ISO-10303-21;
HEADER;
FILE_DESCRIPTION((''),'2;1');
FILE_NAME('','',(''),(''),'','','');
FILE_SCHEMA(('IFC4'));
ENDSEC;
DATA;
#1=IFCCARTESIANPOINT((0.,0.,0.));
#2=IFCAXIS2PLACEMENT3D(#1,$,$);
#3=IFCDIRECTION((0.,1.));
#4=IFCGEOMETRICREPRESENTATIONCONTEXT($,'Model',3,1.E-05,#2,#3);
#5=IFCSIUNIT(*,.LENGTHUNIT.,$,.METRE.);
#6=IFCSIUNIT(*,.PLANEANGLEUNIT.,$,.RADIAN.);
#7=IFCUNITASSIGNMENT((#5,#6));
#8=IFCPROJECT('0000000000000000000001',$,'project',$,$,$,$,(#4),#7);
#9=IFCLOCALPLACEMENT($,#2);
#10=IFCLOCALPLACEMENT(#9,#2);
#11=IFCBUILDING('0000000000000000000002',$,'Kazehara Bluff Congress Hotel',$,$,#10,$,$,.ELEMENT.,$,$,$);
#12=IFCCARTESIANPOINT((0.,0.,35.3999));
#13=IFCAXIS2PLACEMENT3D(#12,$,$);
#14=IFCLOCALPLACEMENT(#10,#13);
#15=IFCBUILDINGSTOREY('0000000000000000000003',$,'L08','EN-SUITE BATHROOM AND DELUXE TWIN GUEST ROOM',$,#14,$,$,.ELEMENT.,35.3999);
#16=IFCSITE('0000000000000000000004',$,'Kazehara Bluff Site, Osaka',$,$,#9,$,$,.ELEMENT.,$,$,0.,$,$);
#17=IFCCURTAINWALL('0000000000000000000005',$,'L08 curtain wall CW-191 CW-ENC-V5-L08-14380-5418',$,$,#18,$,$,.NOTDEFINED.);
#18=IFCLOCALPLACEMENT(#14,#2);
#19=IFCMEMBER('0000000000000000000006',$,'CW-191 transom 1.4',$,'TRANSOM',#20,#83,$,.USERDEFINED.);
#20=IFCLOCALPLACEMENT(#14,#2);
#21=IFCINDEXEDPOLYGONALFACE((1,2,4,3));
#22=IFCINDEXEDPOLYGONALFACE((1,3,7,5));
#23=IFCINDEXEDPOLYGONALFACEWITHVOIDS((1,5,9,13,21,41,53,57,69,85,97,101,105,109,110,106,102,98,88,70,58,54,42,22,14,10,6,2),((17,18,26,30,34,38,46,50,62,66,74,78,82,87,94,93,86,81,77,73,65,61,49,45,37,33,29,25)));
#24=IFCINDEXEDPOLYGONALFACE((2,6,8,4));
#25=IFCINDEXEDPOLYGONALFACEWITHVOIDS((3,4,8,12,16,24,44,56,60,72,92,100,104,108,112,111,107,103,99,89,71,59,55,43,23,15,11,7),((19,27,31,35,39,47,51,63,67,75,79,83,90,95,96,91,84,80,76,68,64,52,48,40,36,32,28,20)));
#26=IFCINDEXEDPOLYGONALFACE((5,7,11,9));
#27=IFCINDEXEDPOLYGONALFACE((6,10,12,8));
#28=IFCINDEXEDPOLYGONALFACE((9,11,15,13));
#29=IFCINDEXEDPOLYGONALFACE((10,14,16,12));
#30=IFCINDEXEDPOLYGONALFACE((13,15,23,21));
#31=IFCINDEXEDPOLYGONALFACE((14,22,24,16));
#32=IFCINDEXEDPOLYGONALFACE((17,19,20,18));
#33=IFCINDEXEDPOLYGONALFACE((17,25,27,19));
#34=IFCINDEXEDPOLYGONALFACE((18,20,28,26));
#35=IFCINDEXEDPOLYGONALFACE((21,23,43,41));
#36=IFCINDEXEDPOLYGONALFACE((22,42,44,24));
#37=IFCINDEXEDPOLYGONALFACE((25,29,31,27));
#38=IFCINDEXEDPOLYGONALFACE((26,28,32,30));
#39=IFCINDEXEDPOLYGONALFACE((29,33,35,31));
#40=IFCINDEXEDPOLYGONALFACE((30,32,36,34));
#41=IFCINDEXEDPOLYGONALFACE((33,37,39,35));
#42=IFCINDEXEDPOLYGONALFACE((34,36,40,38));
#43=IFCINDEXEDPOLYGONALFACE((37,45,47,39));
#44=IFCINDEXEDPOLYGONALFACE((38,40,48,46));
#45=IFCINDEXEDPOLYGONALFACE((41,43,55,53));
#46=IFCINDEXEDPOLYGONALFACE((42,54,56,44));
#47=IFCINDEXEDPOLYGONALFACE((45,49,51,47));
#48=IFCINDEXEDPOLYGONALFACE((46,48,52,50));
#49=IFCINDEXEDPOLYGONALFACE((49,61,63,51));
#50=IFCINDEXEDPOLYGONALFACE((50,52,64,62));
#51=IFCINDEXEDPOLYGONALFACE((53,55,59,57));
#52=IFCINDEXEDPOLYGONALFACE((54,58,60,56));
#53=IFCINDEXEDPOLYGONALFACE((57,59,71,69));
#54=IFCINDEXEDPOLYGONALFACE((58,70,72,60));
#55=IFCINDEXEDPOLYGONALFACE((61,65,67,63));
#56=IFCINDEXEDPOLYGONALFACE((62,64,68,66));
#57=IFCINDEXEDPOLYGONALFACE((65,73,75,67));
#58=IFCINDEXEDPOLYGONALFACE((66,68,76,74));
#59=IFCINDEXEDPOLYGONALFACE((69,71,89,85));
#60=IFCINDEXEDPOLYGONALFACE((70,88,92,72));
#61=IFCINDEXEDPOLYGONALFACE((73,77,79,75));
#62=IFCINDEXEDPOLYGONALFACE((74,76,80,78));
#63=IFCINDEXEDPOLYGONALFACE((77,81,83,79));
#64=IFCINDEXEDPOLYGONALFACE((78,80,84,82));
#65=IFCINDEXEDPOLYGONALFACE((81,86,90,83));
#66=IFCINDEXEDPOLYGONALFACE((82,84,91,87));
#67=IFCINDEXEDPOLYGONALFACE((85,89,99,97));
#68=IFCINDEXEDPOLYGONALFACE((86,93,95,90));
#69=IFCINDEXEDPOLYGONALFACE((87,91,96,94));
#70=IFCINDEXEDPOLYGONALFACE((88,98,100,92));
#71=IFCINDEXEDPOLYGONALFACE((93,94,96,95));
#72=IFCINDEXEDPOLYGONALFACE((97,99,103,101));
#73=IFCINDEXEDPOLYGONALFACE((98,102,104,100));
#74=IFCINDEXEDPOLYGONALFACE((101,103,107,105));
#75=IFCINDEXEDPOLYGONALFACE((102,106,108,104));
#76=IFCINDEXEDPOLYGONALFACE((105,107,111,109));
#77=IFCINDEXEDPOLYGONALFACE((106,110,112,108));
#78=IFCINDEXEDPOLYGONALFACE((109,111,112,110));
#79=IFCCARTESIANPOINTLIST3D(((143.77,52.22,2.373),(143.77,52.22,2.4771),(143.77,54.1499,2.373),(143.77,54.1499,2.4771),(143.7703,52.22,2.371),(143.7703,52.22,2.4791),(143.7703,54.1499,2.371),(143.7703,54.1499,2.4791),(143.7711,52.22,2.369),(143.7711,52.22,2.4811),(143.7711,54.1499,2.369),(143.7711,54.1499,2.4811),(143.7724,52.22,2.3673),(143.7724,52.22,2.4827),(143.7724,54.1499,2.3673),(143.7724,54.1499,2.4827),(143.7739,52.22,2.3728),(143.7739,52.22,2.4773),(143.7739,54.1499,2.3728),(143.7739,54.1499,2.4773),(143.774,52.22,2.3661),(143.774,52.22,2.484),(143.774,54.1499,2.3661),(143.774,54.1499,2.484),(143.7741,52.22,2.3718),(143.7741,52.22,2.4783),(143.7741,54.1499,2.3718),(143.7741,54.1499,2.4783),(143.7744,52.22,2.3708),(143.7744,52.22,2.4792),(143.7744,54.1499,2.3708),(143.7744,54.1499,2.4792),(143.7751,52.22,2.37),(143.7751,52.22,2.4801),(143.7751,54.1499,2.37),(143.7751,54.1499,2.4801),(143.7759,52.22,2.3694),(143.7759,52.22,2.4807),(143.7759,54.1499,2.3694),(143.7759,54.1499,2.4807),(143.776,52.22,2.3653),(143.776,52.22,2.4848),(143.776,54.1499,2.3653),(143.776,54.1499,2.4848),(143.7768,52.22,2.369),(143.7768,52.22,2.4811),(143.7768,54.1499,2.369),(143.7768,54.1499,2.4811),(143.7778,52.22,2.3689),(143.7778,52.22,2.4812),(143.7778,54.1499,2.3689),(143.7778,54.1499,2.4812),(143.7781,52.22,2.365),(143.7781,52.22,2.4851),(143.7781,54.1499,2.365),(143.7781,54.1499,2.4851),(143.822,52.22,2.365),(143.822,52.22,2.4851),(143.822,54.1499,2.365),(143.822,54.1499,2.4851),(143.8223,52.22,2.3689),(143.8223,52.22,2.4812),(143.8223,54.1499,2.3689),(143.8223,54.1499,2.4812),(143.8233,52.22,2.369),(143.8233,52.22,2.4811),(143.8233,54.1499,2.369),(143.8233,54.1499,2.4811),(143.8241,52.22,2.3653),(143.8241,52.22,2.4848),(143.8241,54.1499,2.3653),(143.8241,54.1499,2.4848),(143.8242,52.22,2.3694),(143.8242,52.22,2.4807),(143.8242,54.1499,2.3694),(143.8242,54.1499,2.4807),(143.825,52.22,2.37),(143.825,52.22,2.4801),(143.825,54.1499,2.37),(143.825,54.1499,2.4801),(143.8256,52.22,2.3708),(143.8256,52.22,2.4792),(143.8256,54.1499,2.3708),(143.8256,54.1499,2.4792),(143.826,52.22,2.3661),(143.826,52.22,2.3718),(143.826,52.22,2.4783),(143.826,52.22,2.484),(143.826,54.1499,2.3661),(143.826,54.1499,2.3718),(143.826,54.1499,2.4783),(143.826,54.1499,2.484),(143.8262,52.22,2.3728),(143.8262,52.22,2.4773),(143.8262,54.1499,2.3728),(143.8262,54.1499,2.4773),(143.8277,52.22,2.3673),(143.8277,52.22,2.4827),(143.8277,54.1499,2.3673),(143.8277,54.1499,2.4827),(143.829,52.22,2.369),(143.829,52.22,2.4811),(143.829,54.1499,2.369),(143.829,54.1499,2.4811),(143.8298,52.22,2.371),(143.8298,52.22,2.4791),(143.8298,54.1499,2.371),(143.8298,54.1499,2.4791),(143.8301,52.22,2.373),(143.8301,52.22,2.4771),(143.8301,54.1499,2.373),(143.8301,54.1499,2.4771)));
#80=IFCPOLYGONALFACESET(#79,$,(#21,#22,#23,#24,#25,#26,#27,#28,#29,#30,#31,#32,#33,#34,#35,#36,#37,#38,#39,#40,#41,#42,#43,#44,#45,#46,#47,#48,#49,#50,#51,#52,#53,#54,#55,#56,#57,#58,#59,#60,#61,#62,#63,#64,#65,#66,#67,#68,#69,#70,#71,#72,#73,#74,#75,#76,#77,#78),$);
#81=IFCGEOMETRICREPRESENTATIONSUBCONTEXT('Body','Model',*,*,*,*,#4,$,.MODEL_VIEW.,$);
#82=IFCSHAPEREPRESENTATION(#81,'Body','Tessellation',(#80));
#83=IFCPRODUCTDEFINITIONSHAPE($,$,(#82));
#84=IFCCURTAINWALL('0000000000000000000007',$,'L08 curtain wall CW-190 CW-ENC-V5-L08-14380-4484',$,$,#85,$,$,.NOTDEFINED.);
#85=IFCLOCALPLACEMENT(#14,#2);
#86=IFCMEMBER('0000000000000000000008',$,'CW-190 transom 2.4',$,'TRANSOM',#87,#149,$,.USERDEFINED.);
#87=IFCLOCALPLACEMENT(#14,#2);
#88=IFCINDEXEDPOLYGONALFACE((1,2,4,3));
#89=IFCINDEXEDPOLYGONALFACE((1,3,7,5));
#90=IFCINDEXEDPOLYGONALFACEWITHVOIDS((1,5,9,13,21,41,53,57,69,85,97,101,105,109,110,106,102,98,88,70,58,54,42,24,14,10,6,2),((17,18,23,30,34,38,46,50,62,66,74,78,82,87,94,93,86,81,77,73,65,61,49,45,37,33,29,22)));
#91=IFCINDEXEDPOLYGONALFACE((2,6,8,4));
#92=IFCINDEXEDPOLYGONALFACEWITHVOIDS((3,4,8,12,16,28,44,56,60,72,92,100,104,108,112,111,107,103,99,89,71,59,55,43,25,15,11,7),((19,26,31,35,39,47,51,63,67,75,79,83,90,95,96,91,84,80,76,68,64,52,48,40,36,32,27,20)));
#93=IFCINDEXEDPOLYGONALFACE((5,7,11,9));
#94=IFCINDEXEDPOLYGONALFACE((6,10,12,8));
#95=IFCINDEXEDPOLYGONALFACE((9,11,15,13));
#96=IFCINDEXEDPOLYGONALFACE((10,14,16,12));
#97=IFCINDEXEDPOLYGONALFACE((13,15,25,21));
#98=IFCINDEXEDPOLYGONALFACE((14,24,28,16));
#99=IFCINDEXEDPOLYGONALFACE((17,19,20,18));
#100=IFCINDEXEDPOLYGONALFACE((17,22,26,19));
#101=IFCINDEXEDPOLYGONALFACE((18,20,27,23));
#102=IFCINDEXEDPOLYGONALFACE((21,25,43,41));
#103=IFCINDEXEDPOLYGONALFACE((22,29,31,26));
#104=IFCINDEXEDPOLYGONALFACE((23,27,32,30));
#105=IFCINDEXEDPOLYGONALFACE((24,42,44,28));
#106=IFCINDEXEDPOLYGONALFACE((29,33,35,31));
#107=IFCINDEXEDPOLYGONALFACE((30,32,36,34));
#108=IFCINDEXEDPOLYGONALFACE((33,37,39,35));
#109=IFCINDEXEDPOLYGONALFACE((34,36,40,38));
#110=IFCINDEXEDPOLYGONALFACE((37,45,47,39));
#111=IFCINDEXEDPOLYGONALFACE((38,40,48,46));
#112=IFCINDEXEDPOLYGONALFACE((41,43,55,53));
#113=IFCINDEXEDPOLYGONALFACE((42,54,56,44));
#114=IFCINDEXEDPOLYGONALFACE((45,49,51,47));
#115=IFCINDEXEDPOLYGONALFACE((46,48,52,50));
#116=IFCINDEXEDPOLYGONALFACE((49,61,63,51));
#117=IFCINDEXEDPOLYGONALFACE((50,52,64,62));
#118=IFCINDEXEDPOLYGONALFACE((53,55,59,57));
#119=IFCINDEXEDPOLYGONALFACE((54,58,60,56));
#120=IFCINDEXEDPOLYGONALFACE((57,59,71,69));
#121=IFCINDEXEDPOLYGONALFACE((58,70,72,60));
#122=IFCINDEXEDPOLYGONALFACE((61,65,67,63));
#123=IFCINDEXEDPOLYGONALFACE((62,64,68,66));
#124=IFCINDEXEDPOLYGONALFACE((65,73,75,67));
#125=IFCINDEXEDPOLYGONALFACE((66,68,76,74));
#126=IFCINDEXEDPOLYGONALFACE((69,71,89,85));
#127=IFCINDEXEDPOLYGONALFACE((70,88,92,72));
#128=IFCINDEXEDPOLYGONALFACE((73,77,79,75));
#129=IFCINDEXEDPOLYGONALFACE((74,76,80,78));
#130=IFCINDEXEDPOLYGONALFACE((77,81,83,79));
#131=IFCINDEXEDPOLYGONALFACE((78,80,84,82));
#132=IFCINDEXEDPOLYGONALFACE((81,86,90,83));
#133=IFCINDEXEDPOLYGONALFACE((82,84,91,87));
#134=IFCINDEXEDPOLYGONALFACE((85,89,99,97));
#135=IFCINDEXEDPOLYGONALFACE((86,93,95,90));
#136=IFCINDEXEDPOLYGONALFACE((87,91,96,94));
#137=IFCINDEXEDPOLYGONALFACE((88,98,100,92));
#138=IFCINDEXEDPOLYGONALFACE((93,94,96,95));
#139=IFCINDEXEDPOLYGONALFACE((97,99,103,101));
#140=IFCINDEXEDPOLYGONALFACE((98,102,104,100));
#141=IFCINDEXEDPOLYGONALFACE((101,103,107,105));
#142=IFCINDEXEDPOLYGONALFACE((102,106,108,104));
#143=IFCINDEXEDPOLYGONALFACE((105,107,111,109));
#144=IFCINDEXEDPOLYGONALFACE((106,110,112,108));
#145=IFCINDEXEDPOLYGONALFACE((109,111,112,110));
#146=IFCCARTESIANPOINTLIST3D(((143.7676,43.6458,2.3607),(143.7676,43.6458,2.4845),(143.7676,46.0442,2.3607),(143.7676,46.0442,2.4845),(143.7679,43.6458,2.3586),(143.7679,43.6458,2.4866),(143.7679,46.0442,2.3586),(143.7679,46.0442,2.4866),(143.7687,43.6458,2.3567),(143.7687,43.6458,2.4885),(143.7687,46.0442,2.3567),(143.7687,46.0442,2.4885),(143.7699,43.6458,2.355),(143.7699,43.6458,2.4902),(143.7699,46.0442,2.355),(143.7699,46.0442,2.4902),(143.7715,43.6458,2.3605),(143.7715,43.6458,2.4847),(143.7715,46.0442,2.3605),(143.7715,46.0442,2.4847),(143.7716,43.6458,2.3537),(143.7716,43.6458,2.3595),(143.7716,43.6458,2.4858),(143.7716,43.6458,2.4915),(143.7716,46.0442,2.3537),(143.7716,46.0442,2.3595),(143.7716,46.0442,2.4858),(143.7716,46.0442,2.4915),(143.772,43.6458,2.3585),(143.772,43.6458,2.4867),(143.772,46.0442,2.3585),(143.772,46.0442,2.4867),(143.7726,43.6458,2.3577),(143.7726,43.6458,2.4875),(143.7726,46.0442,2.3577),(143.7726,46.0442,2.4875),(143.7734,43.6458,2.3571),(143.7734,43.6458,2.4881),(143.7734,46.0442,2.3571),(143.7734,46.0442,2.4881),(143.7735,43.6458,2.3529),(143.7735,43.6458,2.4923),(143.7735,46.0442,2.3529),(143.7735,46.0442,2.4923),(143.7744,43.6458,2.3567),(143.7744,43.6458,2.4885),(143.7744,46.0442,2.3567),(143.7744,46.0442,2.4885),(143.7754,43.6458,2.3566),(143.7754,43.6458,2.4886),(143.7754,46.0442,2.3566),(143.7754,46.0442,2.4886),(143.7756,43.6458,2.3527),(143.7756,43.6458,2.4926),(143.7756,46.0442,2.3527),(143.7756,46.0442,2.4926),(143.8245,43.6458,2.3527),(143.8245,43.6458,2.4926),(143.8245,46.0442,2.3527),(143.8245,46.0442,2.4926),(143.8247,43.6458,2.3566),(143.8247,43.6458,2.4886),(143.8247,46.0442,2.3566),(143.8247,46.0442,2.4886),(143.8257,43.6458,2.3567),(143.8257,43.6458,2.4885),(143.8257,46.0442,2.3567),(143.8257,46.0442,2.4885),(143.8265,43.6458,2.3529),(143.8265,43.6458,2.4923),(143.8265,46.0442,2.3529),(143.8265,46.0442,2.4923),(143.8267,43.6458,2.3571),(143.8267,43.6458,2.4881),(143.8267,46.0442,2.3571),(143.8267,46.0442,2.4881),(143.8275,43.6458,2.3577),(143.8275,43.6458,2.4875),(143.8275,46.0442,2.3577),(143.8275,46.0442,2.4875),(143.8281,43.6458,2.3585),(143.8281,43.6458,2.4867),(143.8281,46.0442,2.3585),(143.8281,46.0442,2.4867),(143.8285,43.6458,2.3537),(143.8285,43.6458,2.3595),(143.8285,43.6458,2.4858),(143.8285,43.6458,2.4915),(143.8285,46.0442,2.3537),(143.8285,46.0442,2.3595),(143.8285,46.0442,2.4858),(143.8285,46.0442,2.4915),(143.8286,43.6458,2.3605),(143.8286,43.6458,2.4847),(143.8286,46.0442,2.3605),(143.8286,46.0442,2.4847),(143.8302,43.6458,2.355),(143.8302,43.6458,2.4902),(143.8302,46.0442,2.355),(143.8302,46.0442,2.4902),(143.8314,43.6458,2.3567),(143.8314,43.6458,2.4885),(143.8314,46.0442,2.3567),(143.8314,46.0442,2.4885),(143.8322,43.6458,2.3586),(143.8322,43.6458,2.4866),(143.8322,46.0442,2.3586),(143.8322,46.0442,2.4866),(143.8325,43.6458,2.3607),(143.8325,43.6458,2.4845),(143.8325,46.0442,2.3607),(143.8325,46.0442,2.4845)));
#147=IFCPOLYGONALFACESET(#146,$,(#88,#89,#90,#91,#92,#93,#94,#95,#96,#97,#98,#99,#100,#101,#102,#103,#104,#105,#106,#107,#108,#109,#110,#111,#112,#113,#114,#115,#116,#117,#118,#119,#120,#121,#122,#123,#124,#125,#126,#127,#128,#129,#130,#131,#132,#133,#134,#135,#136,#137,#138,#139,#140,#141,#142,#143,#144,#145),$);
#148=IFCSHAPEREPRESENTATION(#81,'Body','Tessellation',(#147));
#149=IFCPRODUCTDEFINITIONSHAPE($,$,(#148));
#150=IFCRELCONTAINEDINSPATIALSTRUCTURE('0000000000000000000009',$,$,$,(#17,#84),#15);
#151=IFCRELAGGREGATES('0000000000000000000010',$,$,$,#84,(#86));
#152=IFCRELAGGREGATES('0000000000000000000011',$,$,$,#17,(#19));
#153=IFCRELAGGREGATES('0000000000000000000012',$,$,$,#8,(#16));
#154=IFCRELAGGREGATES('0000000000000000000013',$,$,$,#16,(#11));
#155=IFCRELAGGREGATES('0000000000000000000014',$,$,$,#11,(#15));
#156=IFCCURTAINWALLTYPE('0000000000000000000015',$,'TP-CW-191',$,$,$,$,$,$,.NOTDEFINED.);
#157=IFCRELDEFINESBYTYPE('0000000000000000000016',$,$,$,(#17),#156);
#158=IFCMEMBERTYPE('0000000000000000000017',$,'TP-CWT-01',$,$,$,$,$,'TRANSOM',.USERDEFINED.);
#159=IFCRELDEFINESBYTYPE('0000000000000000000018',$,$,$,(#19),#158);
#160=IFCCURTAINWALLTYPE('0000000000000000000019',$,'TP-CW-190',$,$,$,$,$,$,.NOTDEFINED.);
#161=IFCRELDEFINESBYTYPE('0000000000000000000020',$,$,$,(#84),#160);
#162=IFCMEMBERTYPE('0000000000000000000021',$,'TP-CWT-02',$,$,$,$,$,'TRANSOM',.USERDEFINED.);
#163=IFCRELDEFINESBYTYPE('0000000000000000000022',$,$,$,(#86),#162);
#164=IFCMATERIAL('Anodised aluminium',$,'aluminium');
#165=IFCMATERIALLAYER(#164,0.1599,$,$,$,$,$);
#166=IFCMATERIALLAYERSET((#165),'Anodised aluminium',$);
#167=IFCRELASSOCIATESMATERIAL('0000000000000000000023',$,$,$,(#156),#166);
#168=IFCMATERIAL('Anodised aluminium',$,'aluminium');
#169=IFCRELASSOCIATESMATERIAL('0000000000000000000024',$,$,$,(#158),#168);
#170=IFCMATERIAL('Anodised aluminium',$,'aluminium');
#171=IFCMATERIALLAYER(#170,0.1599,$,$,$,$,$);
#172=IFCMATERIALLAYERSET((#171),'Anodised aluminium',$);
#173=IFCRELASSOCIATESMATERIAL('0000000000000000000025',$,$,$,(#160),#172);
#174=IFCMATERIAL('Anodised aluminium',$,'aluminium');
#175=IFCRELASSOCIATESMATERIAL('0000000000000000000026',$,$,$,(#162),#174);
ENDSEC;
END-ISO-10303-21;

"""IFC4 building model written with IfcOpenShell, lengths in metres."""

from ifc_helpers import new_model, si_unit, direction, frame, origin, origin_2d, place, context, subcontext, project, spatial, hollow_rectangle, extrude, material, layer, layer_set, material_profile, profile_set, type_object, element, aggregate, save


model = new_model("IFC4")

# Units and contexts
model_context = context("Model", 3, precision=1e-05, world=origin(), true_north=direction((0.0, 1.0)))
body_context = subcontext(model_context, "Body", "Model", "MODEL_VIEW")
ifc_project = project(units=[si_unit("LENGTHUNIT", "METRE"), si_unit("PLANEANGLEUNIT", "RADIAN")], contexts=[model_context])

# Site, building, storey
site_placement = place(None, origin())
site = spatial("IfcSite", under=ifc_project, at=site_placement, Name="Kazehara Bluff Site, Osaka", CompositionType="ELEMENT", RefElevation=0.0)
building_placement = place(site_placement, origin())
building = spatial("IfcBuilding", under=site, at=building_placement, Name="Kazehara Bluff Congress Hotel", CompositionType="ELEMENT")
storey_placement = place(building_placement, frame((0.0, 0.0, 35.3999)))
storey = spatial("IfcBuildingStorey", under=building, at=storey_placement, Name="L08", Description="EN-SUITE BATHROOM AND DELUXE TWIN GUEST ROOM", CompositionType="ELEMENT", Elevation=35.3999)

# Curtain wall, member
ifc_material_1 = material(Name="Anodised aluminium", Category="aluminium")
ifc_layer_1 = layer(ifc_material_1, 0.1599)
ifc_layer_set_1 = layer_set([ifc_layer_1], Name="Anodised aluminium")
curtain_wall_type_1 = type_object("IfcCurtainWallType", Name="TP-CW-191", PredefinedType="NOTDEFINED", material=ifc_layer_set_1)
curtain_wall_1_placement = place(storey_placement, origin())
curtain_wall_1 = element("IfcCurtainWall", 1, at=curtain_wall_1_placement, inside=storey, type_object=curtain_wall_type_1, Name="L08 curtain wall CW-191 CW-ENC-V5-L08-14380-5418", PredefinedType="NOTDEFINED")
ifc_material_2 = material(Name="Anodised aluminium", Category="aluminium")
ifc_material_profile_1 = material_profile(ifc_material_2, hollow_rectangle(XDim=0.0601, YDim=0.1201, WallThickness=0.0039, InnerFilletRadius=0.0039, OuterFilletRadius=0.0081, at=origin_2d()))
ifc_profile_set_1 = profile_set([ifc_material_profile_1], Name="Anodised aluminium")
member_type_1 = type_object("IfcMemberType", Name="TP-CWT-01", ElementType="TRANSOM", PredefinedType="USERDEFINED", material=ifc_profile_set_1)
member_1_placement = place(storey_placement, frame((143.8, 52.22, 2.425), z_axis=(0.0, 1.0, 0.0), x_axis=(-1.0, 0.0, 0.0)))
member_1 = element("IfcMember", 2, at=member_1_placement, type_object=member_type_1, Name="CW-191 transom 1.4", ObjectType="TRANSOM", PredefinedType="USERDEFINED", context=body_context, shape_type="SweptSolid", body=[
    extrude(hollow_rectangle(XDim=0.0601, YDim=0.1201, WallThickness=0.0039, InnerFilletRadius=0.0039, OuterFilletRadius=0.0081, at=origin_2d()), origin(), (0.0, 0.0, 1.0), 1.9299),
])

# Curtain wall, member
ifc_material_3 = material(Name="Anodised aluminium", Category="aluminium")
ifc_layer_2 = layer(ifc_material_3, 0.1599)
ifc_layer_set_2 = layer_set([ifc_layer_2], Name="Anodised aluminium")
curtain_wall_type_2 = type_object("IfcCurtainWallType", Name="TP-CW-190", PredefinedType="NOTDEFINED", material=ifc_layer_set_2)
curtain_wall_2_placement = place(storey_placement, origin())
curtain_wall_2 = element("IfcCurtainWall", 3, at=curtain_wall_2_placement, inside=storey, type_object=curtain_wall_type_2, Name="L08 curtain wall CW-190 CW-ENC-V5-L08-14380-4484", PredefinedType="NOTDEFINED")
ifc_material_4 = material(Name="Anodised aluminium", Category="aluminium")
ifc_material_profile_2 = material_profile(ifc_material_4, hollow_rectangle(XDim=0.0649, YDim=0.1399, WallThickness=0.0039, InnerFilletRadius=0.0039, OuterFilletRadius=0.0081, at=origin_2d()))
ifc_profile_set_2 = profile_set([ifc_material_profile_2], Name="Anodised aluminium")
member_type_2 = type_object("IfcMemberType", Name="TP-CWT-02", ElementType="TRANSOM", PredefinedType="USERDEFINED", material=ifc_profile_set_2)
member_2_placement = place(storey_placement, frame((143.8, 43.6458, 2.4226), z_axis=(0.0, 1.0, 0.0), x_axis=(-1.0, 0.0, 0.0)))
member_2 = element("IfcMember", 4, at=member_2_placement, type_object=member_type_2, Name="CW-190 transom 2.4", ObjectType="TRANSOM", PredefinedType="USERDEFINED", context=body_context, shape_type="SweptSolid", body=[
    extrude(hollow_rectangle(XDim=0.0649, YDim=0.1399, WallThickness=0.0039, InnerFilletRadius=0.0039, OuterFilletRadius=0.0081, at=origin_2d()), origin(), (0.0, 0.0, 1.0), 2.3984),
])
aggregate(curtain_wall_2, [member_2])

aggregate(curtain_wall_1, [member_1])

save(model, "model.ifc")
